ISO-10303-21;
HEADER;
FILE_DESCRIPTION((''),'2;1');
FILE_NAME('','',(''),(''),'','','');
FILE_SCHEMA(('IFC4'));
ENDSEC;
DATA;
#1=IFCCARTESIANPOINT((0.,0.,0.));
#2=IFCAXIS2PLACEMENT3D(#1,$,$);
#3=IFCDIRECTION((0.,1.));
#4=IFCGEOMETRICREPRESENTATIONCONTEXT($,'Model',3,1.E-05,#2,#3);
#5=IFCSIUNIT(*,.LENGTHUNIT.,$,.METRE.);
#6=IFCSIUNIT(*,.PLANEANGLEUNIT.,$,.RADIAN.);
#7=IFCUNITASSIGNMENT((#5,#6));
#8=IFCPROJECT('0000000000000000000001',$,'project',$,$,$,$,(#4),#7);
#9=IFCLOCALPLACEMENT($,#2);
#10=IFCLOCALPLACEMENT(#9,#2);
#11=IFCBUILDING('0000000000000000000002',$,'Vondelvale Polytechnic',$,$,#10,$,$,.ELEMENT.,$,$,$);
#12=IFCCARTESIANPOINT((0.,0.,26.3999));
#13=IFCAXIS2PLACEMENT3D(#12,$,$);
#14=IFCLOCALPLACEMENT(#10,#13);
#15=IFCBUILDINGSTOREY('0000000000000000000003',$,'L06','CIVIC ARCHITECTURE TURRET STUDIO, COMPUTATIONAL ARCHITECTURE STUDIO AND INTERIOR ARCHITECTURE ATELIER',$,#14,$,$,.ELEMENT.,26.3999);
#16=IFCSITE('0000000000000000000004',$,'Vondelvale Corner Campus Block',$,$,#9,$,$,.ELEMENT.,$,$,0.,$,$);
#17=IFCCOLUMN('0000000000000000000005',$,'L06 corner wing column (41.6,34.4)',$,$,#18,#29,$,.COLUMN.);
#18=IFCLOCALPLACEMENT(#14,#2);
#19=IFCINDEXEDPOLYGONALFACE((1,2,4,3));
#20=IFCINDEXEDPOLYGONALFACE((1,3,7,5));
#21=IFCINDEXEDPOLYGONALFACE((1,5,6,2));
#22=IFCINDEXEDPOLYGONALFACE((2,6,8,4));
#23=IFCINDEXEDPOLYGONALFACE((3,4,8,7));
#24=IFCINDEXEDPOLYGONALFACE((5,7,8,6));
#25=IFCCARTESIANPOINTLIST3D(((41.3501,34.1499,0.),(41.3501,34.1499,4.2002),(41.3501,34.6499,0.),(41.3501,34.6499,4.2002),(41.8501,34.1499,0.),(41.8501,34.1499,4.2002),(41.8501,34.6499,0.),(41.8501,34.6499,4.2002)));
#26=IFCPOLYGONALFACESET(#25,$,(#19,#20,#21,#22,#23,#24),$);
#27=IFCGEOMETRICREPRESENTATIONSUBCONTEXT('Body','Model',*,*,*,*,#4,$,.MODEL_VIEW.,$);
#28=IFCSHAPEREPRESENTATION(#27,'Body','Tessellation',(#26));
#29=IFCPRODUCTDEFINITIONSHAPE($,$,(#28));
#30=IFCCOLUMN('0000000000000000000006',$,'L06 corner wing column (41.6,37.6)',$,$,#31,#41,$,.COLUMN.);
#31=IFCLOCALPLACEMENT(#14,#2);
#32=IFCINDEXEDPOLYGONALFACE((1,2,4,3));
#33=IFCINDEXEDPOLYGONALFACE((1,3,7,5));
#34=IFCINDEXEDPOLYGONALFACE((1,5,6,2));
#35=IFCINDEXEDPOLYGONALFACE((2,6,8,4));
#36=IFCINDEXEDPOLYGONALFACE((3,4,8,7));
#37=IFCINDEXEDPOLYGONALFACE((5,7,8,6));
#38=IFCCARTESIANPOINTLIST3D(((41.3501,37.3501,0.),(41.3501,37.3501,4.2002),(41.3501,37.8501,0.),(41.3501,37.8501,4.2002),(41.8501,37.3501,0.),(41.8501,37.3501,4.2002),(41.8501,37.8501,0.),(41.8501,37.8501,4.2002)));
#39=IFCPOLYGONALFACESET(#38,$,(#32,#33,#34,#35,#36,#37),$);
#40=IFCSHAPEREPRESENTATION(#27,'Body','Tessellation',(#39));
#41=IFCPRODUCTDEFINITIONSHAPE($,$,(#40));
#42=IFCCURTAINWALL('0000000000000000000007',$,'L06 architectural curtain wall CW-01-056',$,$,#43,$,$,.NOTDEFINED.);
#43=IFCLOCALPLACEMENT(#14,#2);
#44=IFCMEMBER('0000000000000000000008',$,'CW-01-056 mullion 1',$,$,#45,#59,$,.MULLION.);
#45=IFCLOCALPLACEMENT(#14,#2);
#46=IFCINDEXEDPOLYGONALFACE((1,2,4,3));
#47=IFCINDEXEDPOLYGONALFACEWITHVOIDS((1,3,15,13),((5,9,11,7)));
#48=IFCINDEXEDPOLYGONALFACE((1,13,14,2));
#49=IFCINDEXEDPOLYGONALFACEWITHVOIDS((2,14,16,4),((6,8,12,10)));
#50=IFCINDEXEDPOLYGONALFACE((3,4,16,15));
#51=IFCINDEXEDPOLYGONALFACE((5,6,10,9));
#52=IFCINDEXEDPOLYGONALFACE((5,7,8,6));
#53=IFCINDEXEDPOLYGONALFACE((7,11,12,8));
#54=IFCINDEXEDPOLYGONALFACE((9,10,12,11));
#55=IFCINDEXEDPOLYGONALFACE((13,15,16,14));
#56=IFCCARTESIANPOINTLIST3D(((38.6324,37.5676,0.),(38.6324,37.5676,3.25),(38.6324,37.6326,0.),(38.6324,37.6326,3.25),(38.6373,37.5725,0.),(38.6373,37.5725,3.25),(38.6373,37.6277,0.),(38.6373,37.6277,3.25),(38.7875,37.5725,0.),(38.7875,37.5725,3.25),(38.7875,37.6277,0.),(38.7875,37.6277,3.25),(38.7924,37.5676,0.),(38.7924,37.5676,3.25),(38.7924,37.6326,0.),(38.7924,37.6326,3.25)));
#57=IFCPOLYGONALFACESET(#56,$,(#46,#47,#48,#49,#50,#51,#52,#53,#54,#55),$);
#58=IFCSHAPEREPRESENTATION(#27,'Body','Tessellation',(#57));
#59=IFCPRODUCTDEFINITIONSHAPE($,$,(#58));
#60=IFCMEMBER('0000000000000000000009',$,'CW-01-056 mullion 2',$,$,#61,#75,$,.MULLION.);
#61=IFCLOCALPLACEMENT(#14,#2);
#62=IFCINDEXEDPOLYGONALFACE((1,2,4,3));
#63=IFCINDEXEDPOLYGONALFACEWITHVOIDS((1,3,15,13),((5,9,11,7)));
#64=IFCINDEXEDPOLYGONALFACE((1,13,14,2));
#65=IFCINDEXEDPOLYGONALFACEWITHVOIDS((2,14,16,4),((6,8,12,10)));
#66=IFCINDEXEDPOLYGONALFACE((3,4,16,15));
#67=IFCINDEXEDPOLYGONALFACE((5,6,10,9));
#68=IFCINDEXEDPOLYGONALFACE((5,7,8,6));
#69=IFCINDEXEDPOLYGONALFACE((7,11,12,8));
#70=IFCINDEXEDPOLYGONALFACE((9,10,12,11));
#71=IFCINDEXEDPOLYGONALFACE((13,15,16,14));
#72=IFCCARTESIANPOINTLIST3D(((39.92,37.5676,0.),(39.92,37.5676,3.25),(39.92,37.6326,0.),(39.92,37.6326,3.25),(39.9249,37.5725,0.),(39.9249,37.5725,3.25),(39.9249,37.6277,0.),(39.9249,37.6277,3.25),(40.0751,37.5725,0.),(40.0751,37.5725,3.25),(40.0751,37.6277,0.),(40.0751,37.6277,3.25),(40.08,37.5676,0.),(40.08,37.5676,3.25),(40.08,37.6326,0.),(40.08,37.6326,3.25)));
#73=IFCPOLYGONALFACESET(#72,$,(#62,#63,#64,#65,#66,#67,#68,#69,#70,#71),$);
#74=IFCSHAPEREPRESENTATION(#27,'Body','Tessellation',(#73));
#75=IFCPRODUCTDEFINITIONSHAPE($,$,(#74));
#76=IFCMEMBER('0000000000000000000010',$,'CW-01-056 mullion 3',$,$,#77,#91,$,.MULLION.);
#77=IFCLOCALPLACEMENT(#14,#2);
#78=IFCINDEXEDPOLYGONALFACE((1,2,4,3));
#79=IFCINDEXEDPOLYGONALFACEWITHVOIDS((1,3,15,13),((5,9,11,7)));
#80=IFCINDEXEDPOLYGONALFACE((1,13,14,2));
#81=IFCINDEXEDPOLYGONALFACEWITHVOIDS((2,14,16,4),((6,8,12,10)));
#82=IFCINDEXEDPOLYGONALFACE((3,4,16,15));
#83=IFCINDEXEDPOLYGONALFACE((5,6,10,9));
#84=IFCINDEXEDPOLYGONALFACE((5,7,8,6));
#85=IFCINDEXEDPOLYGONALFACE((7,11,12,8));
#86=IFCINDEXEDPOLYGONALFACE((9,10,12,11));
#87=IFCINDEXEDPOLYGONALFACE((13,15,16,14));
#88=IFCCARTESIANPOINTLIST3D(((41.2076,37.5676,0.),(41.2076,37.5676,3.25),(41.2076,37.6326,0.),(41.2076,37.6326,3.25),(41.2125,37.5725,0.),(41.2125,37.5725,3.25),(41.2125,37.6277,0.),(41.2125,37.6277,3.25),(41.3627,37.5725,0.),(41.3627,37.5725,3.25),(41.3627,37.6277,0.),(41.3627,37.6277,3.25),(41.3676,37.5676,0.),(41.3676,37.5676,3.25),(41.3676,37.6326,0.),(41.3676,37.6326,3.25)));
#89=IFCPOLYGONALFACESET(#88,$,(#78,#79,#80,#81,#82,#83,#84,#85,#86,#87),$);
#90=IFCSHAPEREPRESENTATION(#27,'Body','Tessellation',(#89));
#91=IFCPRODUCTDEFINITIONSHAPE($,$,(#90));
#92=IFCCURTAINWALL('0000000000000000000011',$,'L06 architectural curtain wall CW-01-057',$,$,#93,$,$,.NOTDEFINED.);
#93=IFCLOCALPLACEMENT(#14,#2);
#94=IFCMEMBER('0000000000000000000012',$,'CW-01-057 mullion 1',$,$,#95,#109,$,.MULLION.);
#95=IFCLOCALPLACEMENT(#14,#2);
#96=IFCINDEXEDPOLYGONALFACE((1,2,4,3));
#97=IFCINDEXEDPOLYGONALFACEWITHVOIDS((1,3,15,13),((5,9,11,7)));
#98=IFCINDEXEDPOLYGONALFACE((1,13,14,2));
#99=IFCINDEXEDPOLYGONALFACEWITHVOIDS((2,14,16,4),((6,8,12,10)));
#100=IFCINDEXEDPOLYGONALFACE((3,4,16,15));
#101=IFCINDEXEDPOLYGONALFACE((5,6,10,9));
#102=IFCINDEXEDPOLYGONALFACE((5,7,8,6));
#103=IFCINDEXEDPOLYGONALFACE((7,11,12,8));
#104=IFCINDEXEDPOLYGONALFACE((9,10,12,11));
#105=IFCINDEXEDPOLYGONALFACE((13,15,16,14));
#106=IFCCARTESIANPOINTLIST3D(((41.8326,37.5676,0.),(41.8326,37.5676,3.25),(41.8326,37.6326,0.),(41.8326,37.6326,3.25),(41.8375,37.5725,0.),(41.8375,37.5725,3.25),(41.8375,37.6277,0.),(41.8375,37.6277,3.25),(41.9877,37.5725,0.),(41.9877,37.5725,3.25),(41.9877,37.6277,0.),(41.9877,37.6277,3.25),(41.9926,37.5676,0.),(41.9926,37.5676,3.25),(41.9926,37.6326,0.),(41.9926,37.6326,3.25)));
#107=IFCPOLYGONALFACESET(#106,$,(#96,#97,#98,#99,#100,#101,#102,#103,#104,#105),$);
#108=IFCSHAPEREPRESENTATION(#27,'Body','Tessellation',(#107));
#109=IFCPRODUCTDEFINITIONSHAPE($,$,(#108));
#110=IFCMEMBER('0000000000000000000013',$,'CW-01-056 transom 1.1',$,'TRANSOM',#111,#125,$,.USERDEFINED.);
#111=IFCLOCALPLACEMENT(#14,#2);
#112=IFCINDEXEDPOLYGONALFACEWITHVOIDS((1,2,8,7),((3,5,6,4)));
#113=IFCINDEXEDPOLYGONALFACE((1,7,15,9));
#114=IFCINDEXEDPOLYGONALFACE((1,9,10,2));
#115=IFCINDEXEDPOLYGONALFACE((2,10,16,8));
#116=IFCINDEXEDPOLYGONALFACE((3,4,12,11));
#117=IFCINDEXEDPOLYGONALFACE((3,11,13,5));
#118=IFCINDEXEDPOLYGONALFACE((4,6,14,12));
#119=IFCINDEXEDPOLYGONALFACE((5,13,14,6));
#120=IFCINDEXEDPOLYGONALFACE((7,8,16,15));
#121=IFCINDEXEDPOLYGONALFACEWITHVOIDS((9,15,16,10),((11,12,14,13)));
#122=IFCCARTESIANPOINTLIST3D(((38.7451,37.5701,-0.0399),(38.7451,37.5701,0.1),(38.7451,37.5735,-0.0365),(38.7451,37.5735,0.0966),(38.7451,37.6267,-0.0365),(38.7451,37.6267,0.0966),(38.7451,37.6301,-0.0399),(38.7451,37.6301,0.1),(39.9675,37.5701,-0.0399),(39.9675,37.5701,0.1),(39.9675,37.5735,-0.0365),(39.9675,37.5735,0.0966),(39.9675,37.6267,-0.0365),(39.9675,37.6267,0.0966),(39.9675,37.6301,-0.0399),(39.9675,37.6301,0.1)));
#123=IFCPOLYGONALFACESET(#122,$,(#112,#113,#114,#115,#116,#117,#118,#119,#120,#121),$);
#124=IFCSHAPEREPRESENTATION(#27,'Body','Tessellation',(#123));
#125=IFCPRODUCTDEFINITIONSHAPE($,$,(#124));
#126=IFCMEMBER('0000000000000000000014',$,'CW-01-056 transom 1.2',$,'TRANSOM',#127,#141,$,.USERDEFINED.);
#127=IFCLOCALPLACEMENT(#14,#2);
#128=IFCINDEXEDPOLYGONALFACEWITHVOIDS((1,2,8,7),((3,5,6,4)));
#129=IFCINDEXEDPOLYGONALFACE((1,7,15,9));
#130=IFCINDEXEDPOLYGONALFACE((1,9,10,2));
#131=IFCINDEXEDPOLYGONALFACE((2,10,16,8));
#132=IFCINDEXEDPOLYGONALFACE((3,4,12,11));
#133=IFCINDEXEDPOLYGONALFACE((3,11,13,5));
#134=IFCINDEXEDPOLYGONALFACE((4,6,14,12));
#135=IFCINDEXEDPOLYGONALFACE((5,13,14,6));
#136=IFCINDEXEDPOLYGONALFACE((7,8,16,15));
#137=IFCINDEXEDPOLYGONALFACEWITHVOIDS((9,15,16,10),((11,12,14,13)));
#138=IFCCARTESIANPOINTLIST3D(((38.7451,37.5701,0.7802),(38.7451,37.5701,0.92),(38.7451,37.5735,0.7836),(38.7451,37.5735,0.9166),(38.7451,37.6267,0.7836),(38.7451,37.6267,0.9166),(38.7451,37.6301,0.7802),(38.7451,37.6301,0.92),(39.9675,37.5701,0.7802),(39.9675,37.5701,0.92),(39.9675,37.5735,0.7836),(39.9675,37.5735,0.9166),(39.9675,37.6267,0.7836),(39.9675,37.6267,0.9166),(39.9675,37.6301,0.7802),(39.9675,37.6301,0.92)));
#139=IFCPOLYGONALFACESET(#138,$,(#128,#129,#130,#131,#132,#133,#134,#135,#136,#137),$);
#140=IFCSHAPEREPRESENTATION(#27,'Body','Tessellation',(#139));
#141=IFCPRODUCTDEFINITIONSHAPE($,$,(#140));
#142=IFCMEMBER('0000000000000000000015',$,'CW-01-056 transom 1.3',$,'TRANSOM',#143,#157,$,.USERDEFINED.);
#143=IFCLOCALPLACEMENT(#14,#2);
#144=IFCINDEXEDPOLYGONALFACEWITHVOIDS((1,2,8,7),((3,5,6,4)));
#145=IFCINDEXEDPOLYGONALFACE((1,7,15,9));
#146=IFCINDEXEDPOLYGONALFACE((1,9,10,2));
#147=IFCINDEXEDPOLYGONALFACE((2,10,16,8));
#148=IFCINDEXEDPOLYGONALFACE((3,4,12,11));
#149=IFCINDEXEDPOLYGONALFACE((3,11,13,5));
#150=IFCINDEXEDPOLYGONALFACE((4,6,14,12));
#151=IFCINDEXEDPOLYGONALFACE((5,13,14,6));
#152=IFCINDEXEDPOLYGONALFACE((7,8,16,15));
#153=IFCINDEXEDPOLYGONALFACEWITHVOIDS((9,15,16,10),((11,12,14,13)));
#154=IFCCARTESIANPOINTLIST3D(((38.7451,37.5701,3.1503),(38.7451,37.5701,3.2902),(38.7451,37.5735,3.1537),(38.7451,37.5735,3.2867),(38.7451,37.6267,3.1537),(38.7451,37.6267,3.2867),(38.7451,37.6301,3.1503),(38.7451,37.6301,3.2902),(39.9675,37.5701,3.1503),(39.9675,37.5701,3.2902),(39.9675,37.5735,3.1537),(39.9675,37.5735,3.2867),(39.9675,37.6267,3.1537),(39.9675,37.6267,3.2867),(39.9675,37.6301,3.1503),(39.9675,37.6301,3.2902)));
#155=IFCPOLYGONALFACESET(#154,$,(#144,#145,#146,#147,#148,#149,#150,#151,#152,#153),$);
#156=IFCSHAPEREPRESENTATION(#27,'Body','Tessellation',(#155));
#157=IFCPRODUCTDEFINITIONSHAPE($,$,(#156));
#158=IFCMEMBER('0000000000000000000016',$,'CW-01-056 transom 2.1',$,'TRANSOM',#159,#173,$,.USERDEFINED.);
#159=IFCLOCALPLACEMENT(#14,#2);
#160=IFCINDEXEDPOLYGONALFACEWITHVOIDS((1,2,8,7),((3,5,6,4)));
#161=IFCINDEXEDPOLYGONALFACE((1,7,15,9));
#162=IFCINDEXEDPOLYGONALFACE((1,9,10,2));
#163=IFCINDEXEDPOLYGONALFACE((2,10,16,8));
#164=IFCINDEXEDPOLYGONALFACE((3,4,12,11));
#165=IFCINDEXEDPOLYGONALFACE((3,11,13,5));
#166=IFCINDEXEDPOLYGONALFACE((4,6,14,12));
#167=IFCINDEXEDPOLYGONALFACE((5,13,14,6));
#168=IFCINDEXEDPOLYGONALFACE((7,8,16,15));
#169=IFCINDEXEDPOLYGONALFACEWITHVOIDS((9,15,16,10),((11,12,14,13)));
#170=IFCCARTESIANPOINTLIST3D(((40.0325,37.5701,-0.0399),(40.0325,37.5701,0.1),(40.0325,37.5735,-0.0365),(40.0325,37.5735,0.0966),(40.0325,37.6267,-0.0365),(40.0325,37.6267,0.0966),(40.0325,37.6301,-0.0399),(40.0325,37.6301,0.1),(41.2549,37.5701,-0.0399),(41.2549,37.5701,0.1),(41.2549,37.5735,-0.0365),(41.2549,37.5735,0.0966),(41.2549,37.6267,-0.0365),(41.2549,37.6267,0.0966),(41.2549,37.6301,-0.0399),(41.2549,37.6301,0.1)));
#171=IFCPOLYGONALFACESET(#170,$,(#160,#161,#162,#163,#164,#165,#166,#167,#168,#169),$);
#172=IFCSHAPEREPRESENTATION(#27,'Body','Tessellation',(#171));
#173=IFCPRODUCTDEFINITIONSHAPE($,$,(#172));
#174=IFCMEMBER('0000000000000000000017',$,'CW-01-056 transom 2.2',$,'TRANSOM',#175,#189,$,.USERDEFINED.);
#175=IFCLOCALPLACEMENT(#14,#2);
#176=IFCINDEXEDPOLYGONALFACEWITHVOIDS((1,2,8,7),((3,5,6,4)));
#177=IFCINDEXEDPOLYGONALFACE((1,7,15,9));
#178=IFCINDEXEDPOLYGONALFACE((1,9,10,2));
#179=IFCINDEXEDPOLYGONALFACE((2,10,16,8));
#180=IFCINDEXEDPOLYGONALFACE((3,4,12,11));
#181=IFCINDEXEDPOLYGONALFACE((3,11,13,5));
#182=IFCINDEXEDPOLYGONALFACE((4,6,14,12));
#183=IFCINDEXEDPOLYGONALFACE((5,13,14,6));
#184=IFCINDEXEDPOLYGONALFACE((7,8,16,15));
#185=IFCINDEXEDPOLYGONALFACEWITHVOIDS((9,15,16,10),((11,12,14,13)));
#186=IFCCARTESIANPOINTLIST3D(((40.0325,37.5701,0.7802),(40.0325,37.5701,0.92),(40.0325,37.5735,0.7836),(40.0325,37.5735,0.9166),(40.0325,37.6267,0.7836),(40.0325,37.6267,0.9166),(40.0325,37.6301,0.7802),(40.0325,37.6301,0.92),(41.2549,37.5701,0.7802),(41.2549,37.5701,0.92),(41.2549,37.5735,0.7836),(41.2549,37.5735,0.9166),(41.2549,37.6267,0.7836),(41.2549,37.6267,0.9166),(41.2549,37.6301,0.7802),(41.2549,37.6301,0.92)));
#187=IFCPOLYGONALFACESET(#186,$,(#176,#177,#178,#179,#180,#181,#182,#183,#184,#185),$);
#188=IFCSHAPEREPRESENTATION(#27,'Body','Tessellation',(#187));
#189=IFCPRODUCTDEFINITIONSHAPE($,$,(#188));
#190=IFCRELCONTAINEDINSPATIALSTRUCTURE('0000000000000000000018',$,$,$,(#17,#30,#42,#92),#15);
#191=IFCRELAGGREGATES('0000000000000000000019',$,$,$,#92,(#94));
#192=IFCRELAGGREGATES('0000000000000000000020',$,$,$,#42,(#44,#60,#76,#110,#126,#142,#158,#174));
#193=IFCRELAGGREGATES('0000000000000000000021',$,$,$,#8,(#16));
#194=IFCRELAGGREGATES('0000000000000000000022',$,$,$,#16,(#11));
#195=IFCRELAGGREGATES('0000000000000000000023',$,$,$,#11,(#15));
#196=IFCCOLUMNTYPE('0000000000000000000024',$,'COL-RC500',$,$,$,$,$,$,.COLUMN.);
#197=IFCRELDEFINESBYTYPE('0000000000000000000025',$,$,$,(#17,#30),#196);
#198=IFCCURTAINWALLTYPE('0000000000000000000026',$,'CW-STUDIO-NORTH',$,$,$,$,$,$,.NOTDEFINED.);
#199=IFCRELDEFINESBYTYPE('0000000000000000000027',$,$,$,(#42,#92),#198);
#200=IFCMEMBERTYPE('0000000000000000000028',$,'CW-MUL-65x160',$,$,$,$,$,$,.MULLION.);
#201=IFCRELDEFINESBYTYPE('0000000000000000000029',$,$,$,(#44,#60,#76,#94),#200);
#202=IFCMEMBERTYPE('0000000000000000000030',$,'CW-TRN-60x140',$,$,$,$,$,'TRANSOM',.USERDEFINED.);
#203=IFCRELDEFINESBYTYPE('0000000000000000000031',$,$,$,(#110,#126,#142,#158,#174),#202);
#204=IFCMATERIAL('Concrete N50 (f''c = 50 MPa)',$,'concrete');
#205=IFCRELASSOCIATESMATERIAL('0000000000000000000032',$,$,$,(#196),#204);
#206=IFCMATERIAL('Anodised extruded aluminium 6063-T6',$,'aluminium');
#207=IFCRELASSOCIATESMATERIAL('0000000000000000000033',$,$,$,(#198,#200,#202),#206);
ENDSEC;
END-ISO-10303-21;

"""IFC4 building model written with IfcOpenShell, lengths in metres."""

from ifc_helpers import new_model, si_unit, direction, frame, origin, origin_2d, place, context, subcontext, project, spatial, rectangle, hollow_rectangle, extrude, material, material_profile, profile_set, type_object, element, aggregate, save


model = new_model("IFC4")

# Units and contexts
model_context = context("Model", 3, precision=1e-05, world=origin(), true_north=direction((0.0, 1.0)))
body_context = subcontext(model_context, "Body", "Model", "MODEL_VIEW")
ifc_project = project(units=[si_unit("LENGTHUNIT", "METRE"), si_unit("PLANEANGLEUNIT", "RADIAN")], contexts=[model_context])

# Site, building, storey
site_placement = place(None, origin())
site = spatial("IfcSite", under=ifc_project, at=site_placement, Name="Vondelvale Corner Campus Block", CompositionType="ELEMENT", RefElevation=0.0)
building_placement = place(site_placement, origin())
building = spatial("IfcBuilding", under=site, at=building_placement, Name="Vondelvale Polytechnic", CompositionType="ELEMENT")
storey_placement = place(building_placement, frame((0.0, 0.0, 26.3999)))
storey = spatial("IfcBuildingStorey", under=building, at=storey_placement, Name="L06", Description="CIVIC ARCHITECTURE TURRET STUDIO, COMPUTATIONAL ARCHITECTURE STUDIO AND INTERIOR ARCHITECTURE ATELIER", CompositionType="ELEMENT", Elevation=26.3999)

# Columns
ifc_material_1 = material(Name="Concrete N50 (f'c = 50 MPa)", Category="concrete")
ifc_material_profile_1 = material_profile(ifc_material_1, rectangle(XDim=0.5, YDim=0.5, at=origin_2d()), Name="RC-COL-500x500")
ifc_profile_set_1 = profile_set([ifc_material_profile_1], Name="Concrete N50 (f'c = 50 MPa)")
column_type = type_object("IfcColumnType", Name="COL-RC500", PredefinedType="COLUMN", material=ifc_profile_set_1)
for number, where, z_axis, x_axis, name in (
    (1, (41.6001, 34.3999, 0.0), (0.0, 0.0, 1.0), (1.0, 0.0, 0.0), "L06 corner wing column (41.6,34.4)"),
    (2, (41.6001, 37.6001, 0.0), (0.0, 0.0, 1.0), (1.0, 0.0, 0.0), "L06 corner wing column (41.6,37.6)"),
):
    element("IfcColumn", number, at=place(storey_placement, frame(where, z_axis=z_axis, x_axis=x_axis)), inside=storey, type_object=column_type, Name=name, PredefinedType="COLUMN", context=body_context, shape_type="SweptSolid", body=[
        extrude(rectangle(XDim=0.5, YDim=0.5, at=origin_2d()), origin(), (0.0, 0.0, 1.0), 4.2002),
    ])

# Curtain wall, members
ifc_material_2 = material(Name="Anodised extruded aluminium 6063-T6", Category="aluminium")
curtain_wall_type = type_object("IfcCurtainWallType", Name="CW-STUDIO-NORTH", PredefinedType="NOTDEFINED", material=ifc_material_2)
curtain_wall_1_placement = place(storey_placement, origin())
curtain_wall_1 = element("IfcCurtainWall", 3, at=curtain_wall_1_placement, inside=storey, type_object=curtain_wall_type, Name="L06 architectural curtain wall CW-01-056", PredefinedType="NOTDEFINED")
ifc_material_profile_2 = material_profile(ifc_material_2, hollow_rectangle(XDim=0.0649, YDim=0.1599, WallThickness=0.0049, at=origin_2d()), Name="CW-MUL-160x65")
ifc_profile_set_2 = profile_set([ifc_material_profile_2], Name="Anodised extruded aluminium 6063-T6")
member_type_1 = type_object("IfcMemberType", Name="CW-MUL-65x160", PredefinedType="MULLION", material=ifc_profile_set_2)
member_1_placement = place(storey_placement, frame((38.7124, 37.6001, 0.0), z_axis=(0.0, 0.0, 1.0), x_axis=(0.0, 1.0, 0.0)))
member_1 = element("IfcMember", 4, at=member_1_placement, type_object=member_type_1, Name="CW-01-056 mullion 1", PredefinedType="MULLION", context=body_context, shape_type="SweptSolid", body=[
    extrude(hollow_rectangle(XDim=0.0649, YDim=0.1599, WallThickness=0.0049, at=origin_2d()), origin(), (0.0, 0.0, 1.0), 3.25),
])
member_2_placement = place(storey_placement, frame((40.0, 37.6001, 0.0), z_axis=(0.0, 0.0, 1.0), x_axis=(0.0, 1.0, 0.0)))
member_2 = element("IfcMember", 5, at=member_2_placement, type_object=member_type_1, Name="CW-01-056 mullion 2", PredefinedType="MULLION", context=body_context, shape_type="SweptSolid", body=[
    extrude(hollow_rectangle(XDim=0.0649, YDim=0.1599, WallThickness=0.0049, at=origin_2d()), origin(), (0.0, 0.0, 1.0), 3.25),
])
member_3_placement = place(storey_placement, frame((41.2876, 37.6001, 0.0), z_axis=(0.0, 0.0, 1.0), x_axis=(0.0, 1.0, 0.0)))
member_3 = element("IfcMember", 6, at=member_3_placement, type_object=member_type_1, Name="CW-01-056 mullion 3", PredefinedType="MULLION", context=body_context, shape_type="SweptSolid", body=[
    extrude(hollow_rectangle(XDim=0.0649, YDim=0.1599, WallThickness=0.0049, at=origin_2d()), origin(), (0.0, 0.0, 1.0), 3.25),
])

# Curtain wall, member
curtain_wall_2_placement = place(storey_placement, origin())
curtain_wall_2 = element("IfcCurtainWall", 7, at=curtain_wall_2_placement, inside=storey, type_object=curtain_wall_type, Name="L06 architectural curtain wall CW-01-057", PredefinedType="NOTDEFINED")
member_4_placement = place(storey_placement, frame((41.9126, 37.6001, 0.0), z_axis=(0.0, 0.0, 1.0), x_axis=(0.0, 1.0, 0.0)))
member_4 = element("IfcMember", 8, at=member_4_placement, type_object=member_type_1, Name="CW-01-057 mullion 1", PredefinedType="MULLION", context=body_context, shape_type="SweptSolid", body=[
    extrude(hollow_rectangle(XDim=0.0649, YDim=0.1599, WallThickness=0.0049, at=origin_2d()), origin(), (0.0, 0.0, 1.0), 3.25),
])

# Members
ifc_material_profile_3 = material_profile(ifc_material_2, hollow_rectangle(XDim=0.0601, YDim=0.1399, WallThickness=0.0034, at=origin_2d()), Name="CW-TRN-140x60")
ifc_profile_set_3 = profile_set([ifc_material_profile_3], Name="Anodised extruded aluminium 6063-T6")
member_type_2 = type_object("IfcMemberType", Name="CW-TRN-60x140", ElementType="TRANSOM", PredefinedType="USERDEFINED", material=ifc_profile_set_3)
member_5_placement = place(storey_placement, frame((38.7451, 37.6001, 0.03), z_axis=(1.0, 0.0, 0.0), x_axis=(0.0, 1.0, 0.0)))
member_5 = element("IfcMember", 9, at=member_5_placement, type_object=member_type_2, Name="CW-01-056 transom 1.1", ObjectType="TRANSOM", PredefinedType="USERDEFINED", context=body_context, shape_type="SweptSolid", body=[
    extrude(hollow_rectangle(XDim=0.0601, YDim=0.1399, WallThickness=0.0034, at=origin_2d()), origin(), (0.0, 0.0, 1.0), 1.2224),
])
member_6_placement = place(storey_placement, frame((38.7451, 37.6001, 0.8501), z_axis=(1.0, 0.0, 0.0), x_axis=(0.0, 1.0, 0.0)))
member_6 = element("IfcMember", 10, at=member_6_placement, type_object=member_type_2, Name="CW-01-056 transom 1.2", ObjectType="TRANSOM", PredefinedType="USERDEFINED", context=body_context, shape_type="SweptSolid", body=[
    extrude(hollow_rectangle(XDim=0.0601, YDim=0.1399, WallThickness=0.0034, at=origin_2d()), origin(), (0.0, 0.0, 1.0), 1.2224),
])
member_7_placement = place(storey_placement, frame((38.7451, 37.6001, 3.2202), z_axis=(1.0, 0.0, 0.0), x_axis=(0.0, 1.0, 0.0)))
member_7 = element("IfcMember", 11, at=member_7_placement, type_object=member_type_2, Name="CW-01-056 transom 1.3", ObjectType="TRANSOM", PredefinedType="USERDEFINED", context=body_context, shape_type="SweptSolid", body=[
    extrude(hollow_rectangle(XDim=0.0601, YDim=0.1399, WallThickness=0.0034, at=origin_2d()), origin(), (0.0, 0.0, 1.0), 1.2224),
])
member_8_placement = place(storey_placement, frame((40.0325, 37.6001, 0.03), z_axis=(1.0, 0.0, 0.0), x_axis=(0.0, 1.0, 0.0)))
member_8 = element("IfcMember", 12, at=member_8_placement, type_object=member_type_2, Name="CW-01-056 transom 2.1", ObjectType="TRANSOM", PredefinedType="USERDEFINED", context=body_context, shape_type="SweptSolid", body=[
    extrude(hollow_rectangle(XDim=0.0601, YDim=0.1399, WallThickness=0.0034, at=origin_2d()), origin(), (0.0, 0.0, 1.0), 1.2224),
])
member_9_placement = place(storey_placement, frame((40.0325, 37.6001, 0.8501), z_axis=(1.0, 0.0, 0.0), x_axis=(0.0, 1.0, 0.0)))
member_9 = element("IfcMember", 13, at=member_9_placement, type_object=member_type_2, Name="CW-01-056 transom 2.2", ObjectType="TRANSOM", PredefinedType="USERDEFINED", context=body_context, shape_type="SweptSolid", body=[
    extrude(hollow_rectangle(XDim=0.0601, YDim=0.1399, WallThickness=0.0034, at=origin_2d()), origin(), (0.0, 0.0, 1.0), 1.2224),
])
aggregate(curtain_wall_2, [member_4])

aggregate(curtain_wall_1, [member_1, member_2, member_3, member_5, member_6, member_7, member_8, member_9])

save(model, "model.ifc")
